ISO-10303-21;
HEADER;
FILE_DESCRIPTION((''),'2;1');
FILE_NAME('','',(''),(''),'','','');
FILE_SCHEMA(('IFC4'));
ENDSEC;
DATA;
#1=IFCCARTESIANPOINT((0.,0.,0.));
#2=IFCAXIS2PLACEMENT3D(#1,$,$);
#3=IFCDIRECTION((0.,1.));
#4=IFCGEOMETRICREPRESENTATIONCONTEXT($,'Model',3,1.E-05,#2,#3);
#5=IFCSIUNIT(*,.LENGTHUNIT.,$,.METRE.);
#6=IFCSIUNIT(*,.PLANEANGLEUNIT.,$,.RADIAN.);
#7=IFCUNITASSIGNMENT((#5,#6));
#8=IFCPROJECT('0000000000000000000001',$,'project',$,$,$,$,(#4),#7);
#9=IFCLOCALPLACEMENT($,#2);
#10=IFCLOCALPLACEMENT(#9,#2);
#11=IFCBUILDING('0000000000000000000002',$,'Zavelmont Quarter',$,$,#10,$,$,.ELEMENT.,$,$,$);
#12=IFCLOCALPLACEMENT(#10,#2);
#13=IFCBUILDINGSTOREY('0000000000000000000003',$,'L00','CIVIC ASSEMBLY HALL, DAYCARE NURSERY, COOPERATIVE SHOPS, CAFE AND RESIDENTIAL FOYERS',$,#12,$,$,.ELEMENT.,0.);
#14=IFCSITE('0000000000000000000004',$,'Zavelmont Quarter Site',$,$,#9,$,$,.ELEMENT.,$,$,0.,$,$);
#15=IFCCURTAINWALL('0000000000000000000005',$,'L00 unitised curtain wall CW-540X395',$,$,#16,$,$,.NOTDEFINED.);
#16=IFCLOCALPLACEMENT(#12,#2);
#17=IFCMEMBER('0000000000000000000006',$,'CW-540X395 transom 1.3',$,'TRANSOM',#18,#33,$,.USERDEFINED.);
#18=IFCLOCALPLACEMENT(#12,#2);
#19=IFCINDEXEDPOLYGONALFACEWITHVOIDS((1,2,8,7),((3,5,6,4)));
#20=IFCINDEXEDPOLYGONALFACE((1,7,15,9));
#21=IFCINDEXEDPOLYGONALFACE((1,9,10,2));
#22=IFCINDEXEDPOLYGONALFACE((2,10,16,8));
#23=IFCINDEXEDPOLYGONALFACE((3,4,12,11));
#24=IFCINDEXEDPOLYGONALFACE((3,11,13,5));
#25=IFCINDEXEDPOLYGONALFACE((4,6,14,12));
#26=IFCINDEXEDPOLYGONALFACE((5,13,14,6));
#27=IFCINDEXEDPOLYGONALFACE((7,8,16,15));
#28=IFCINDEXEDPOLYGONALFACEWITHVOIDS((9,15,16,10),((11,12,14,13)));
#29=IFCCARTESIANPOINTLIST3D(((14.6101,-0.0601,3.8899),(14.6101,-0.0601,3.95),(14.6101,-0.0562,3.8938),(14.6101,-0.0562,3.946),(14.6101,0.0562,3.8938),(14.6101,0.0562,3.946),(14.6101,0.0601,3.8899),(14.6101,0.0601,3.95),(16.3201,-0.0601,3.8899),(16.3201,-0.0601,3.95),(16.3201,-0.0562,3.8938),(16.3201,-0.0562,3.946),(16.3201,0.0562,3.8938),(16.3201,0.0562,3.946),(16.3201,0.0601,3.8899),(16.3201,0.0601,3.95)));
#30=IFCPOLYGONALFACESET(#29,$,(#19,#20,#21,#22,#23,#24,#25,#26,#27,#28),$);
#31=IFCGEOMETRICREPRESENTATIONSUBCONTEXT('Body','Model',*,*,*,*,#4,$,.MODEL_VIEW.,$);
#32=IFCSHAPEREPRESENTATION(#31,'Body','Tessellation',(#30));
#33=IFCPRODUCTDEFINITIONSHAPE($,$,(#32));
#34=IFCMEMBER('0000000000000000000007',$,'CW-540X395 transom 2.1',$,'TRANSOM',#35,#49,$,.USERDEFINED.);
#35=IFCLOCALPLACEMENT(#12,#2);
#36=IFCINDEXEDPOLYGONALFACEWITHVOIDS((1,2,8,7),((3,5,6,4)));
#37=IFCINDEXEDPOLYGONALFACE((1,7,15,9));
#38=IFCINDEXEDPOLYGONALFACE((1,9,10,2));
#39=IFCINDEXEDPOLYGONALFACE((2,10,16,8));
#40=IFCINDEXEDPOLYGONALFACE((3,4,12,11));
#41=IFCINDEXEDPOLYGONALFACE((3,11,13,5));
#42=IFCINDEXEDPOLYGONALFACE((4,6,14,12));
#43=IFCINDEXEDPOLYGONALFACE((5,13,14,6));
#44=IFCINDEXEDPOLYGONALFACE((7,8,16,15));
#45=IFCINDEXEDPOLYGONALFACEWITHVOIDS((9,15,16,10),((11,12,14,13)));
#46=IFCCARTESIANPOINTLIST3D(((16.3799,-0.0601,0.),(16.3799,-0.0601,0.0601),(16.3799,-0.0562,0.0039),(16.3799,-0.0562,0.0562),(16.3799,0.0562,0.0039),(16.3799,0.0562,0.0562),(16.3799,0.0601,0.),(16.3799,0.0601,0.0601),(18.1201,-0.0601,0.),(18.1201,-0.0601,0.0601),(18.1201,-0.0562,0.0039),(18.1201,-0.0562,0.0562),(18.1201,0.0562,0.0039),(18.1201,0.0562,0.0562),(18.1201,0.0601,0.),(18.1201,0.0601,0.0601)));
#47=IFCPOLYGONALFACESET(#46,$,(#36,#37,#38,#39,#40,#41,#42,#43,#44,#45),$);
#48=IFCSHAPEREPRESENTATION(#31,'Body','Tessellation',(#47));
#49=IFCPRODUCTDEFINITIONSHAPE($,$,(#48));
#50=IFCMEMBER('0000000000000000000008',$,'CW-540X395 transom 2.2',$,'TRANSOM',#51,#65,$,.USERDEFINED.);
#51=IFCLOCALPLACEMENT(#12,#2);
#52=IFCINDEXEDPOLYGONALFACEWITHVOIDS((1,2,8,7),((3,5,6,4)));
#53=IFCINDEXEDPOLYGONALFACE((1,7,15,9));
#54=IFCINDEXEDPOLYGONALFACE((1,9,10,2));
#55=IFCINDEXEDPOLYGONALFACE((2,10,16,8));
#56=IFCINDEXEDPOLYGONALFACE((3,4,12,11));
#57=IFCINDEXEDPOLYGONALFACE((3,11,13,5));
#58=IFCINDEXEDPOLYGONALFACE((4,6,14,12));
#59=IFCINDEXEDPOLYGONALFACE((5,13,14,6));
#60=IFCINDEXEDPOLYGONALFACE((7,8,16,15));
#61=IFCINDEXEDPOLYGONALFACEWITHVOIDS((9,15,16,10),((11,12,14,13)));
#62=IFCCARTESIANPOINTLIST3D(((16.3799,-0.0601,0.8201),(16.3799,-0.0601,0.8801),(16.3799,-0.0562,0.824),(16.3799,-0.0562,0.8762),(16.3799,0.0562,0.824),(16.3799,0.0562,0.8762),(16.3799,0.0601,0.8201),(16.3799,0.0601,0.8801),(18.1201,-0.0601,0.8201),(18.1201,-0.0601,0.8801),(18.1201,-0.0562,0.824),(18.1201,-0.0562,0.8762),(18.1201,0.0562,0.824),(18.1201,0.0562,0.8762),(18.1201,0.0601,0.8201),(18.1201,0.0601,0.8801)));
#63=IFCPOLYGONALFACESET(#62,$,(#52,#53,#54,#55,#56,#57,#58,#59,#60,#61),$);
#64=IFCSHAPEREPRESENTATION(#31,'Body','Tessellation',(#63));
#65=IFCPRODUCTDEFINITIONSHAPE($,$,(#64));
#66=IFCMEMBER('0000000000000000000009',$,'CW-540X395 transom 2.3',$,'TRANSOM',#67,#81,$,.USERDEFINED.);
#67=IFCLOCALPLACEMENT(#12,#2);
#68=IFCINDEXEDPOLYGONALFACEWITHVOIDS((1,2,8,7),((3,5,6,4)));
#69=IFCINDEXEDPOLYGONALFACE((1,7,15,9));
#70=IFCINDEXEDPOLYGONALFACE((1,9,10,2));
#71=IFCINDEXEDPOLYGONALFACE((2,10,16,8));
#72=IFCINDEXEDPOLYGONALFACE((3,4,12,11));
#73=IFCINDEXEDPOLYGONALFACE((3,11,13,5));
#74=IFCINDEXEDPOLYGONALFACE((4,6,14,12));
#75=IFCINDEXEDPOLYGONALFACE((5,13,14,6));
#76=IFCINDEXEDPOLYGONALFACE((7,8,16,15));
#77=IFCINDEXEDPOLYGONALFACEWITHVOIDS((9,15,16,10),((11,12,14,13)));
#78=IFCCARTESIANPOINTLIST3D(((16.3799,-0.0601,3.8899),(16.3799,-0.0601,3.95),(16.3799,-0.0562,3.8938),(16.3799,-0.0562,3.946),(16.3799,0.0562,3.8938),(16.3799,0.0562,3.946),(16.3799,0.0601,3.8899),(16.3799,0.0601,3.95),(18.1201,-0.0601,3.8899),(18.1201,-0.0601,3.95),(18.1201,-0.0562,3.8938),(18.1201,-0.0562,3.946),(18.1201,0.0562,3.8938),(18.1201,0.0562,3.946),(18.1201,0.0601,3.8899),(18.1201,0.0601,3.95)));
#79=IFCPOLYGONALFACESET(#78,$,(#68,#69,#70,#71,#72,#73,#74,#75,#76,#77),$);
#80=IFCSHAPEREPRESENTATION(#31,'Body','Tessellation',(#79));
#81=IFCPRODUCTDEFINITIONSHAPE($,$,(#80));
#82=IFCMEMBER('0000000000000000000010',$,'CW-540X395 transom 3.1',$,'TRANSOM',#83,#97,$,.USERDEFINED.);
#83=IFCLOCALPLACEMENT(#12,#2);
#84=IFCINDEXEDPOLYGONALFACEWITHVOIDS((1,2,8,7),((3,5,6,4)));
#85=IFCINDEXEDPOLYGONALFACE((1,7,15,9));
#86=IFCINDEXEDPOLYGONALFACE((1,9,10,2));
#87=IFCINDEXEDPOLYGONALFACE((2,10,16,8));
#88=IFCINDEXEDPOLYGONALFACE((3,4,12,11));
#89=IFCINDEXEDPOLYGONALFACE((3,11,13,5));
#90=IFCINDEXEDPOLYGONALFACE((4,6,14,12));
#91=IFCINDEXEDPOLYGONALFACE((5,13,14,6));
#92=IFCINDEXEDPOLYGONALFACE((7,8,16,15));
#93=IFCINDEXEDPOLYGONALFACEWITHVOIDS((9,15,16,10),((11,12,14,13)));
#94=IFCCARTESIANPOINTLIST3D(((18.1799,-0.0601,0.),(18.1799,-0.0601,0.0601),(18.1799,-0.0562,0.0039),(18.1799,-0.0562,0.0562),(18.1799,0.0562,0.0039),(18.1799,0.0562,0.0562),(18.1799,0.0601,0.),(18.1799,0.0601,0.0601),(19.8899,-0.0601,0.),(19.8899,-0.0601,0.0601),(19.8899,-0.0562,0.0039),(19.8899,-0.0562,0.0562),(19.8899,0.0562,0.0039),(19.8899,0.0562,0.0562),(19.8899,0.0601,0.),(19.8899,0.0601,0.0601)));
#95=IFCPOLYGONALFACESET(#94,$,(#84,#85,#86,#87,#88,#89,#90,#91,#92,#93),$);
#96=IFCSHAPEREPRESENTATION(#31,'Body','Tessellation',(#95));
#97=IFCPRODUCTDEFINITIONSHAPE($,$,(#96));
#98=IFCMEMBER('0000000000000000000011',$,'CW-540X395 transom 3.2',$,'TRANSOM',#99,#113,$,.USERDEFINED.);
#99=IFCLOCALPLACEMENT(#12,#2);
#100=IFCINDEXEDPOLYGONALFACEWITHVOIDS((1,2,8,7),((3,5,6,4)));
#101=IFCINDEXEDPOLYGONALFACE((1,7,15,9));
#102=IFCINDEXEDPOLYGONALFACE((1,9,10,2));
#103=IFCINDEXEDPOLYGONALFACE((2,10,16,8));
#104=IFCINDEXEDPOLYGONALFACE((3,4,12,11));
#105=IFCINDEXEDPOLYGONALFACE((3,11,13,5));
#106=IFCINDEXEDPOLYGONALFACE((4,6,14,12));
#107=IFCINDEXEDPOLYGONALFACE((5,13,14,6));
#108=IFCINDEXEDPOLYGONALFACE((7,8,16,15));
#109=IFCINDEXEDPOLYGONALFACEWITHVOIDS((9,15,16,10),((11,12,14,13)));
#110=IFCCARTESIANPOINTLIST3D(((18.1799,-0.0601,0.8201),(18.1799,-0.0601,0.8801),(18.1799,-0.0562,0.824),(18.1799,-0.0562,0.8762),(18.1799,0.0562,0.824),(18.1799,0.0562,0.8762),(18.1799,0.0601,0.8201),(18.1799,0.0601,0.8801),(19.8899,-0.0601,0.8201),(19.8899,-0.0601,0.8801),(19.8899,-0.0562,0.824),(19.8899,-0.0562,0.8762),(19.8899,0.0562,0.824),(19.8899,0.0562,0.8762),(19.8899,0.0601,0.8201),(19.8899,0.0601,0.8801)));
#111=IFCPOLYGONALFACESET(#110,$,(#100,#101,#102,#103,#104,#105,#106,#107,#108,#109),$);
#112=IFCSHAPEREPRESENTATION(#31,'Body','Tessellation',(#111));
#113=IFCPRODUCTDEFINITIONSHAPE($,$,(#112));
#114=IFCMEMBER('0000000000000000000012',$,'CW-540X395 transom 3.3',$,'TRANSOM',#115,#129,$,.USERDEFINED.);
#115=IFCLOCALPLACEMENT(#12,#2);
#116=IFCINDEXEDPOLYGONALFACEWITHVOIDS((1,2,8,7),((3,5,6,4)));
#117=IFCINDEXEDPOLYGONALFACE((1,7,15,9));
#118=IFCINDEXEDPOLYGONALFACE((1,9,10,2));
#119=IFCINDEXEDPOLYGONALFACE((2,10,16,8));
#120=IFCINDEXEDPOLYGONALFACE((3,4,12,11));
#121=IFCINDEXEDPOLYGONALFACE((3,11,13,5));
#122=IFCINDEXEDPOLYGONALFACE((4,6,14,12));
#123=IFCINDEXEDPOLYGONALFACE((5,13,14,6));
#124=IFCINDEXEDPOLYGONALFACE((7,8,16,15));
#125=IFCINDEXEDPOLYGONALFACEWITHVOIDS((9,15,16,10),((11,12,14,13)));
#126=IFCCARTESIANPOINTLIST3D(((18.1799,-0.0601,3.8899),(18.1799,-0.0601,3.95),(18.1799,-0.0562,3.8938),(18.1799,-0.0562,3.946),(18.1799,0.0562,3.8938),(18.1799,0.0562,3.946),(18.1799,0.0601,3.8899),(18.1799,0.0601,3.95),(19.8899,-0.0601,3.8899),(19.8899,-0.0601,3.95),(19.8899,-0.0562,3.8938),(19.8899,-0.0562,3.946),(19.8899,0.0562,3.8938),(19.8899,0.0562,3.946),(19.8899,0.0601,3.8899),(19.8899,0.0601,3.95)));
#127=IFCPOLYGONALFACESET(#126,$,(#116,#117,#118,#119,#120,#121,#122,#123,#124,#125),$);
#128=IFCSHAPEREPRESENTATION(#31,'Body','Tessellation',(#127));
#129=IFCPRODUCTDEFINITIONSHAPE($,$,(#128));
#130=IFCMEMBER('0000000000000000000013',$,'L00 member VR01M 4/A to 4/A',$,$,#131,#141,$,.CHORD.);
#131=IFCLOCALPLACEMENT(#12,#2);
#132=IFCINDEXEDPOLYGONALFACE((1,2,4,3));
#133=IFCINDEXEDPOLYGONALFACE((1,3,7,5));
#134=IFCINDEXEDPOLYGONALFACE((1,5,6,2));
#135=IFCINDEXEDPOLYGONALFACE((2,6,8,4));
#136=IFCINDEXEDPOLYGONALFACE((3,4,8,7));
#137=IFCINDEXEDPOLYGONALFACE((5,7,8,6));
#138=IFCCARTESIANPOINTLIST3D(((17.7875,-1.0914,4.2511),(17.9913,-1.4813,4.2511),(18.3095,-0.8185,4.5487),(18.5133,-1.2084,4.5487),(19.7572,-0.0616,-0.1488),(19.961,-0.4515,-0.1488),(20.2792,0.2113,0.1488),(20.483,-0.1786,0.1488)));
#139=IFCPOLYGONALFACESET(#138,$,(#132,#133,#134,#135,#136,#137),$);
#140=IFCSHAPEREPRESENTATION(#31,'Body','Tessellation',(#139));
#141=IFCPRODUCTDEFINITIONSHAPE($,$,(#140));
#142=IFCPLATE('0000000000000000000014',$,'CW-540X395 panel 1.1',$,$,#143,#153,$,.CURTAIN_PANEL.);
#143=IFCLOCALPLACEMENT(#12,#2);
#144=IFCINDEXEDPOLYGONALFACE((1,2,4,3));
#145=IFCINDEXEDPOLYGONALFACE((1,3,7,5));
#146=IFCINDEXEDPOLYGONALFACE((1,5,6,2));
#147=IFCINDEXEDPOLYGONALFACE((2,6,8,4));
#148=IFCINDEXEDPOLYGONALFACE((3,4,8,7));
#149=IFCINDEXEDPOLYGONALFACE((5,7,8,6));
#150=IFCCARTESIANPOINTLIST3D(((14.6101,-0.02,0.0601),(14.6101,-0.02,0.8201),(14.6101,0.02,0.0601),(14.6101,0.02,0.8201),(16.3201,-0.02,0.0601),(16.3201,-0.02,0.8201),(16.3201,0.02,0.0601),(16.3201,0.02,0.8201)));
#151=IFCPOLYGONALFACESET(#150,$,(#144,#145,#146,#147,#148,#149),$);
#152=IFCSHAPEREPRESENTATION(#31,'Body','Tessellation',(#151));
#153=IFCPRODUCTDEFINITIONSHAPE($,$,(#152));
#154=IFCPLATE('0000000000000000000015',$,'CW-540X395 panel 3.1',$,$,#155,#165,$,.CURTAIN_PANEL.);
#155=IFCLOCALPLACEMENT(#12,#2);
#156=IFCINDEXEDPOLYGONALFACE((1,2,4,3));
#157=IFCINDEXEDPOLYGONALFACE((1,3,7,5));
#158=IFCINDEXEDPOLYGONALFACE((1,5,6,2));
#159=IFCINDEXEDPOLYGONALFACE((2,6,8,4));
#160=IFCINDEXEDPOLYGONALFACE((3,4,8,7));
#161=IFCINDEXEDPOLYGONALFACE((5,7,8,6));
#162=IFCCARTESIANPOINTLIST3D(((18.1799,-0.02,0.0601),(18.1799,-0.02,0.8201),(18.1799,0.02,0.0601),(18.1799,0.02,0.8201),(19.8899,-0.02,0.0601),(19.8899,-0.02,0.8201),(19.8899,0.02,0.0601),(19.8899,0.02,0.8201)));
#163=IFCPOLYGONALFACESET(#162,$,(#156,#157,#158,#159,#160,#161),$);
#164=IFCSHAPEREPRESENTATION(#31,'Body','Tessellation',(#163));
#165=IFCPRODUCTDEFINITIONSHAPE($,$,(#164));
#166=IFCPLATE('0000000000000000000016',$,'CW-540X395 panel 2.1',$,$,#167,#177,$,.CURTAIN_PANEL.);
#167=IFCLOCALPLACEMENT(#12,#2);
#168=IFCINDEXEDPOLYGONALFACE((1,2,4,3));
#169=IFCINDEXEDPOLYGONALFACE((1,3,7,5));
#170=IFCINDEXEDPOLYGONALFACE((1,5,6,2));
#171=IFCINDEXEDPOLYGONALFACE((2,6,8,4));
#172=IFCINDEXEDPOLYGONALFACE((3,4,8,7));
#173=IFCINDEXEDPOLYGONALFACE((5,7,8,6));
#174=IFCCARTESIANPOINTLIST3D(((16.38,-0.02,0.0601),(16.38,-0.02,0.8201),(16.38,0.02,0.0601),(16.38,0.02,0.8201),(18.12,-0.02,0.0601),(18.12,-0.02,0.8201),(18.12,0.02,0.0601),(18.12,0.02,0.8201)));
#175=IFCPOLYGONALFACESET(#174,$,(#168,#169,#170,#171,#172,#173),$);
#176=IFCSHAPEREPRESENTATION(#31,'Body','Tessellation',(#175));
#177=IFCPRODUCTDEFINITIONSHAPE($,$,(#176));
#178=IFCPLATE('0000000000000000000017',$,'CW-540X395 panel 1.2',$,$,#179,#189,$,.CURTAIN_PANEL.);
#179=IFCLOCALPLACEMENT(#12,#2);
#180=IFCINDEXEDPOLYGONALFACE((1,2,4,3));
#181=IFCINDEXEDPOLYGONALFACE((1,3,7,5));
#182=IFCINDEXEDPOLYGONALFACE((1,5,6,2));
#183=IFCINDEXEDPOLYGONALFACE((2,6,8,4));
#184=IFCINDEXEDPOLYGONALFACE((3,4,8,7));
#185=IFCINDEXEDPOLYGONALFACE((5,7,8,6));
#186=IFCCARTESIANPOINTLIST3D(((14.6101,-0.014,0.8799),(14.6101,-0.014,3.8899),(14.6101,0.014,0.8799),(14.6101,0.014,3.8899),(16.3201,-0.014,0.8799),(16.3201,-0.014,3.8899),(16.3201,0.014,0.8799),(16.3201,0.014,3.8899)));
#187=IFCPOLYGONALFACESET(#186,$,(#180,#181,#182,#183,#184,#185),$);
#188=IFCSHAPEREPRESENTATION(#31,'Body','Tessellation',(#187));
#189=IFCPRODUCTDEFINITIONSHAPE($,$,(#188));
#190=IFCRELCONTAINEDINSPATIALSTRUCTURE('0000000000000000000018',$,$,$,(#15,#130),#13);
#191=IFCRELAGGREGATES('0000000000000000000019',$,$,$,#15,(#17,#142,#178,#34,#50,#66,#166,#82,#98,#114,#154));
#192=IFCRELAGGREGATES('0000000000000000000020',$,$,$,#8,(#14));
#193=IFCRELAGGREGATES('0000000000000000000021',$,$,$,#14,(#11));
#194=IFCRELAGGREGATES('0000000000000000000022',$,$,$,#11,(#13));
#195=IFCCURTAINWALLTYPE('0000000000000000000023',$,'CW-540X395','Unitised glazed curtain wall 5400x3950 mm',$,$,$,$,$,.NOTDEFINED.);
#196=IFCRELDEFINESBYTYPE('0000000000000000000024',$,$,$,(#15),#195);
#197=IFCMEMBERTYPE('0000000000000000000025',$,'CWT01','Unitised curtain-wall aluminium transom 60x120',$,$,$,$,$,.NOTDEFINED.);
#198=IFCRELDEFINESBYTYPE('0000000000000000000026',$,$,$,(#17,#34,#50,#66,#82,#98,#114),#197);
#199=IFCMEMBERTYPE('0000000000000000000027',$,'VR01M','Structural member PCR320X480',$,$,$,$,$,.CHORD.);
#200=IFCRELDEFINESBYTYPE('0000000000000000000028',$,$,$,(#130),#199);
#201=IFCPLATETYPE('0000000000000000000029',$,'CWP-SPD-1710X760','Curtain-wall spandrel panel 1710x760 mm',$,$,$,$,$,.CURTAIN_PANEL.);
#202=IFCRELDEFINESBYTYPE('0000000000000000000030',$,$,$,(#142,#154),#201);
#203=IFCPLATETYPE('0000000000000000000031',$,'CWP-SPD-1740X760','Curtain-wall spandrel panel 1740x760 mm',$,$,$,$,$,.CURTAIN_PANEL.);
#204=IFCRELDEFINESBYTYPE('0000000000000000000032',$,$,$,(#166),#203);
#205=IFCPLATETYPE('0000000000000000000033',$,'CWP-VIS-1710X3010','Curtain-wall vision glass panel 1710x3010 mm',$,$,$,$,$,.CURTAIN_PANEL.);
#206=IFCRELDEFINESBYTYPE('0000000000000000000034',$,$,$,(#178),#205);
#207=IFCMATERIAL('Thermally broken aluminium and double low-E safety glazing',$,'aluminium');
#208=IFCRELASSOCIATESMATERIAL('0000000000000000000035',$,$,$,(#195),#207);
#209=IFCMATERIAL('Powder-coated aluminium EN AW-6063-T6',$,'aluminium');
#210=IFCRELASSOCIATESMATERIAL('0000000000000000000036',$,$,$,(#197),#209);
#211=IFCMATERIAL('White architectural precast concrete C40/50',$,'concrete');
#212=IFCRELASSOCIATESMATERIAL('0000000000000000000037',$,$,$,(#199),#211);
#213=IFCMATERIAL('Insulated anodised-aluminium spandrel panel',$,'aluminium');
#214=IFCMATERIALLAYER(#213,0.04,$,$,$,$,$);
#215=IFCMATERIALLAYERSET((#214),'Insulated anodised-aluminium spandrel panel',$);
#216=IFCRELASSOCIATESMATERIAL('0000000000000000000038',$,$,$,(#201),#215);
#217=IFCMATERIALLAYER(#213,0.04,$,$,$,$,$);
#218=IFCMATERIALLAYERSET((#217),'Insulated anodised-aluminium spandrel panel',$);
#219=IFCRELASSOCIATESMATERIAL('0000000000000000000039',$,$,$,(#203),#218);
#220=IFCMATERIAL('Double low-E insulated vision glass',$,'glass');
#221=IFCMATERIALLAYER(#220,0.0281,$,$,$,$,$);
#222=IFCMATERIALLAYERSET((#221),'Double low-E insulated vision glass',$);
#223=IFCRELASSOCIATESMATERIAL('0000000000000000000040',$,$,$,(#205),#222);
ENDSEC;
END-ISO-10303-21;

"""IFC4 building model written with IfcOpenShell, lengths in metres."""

from ifc_helpers import new_model, si_unit, direction, frame, origin, origin_2d, place, context, subcontext, project, spatial, rectangle, hollow_rectangle, extrude, material, layer, layer_set, material_profile, profile_set, type_object, element, aggregate, save


model = new_model("IFC4")

# Units and contexts
model_context = context("Model", 3, precision=1e-05, world=origin(), true_north=direction((0.0, 1.0)))
body_context = subcontext(model_context, "Body", "Model", "MODEL_VIEW")
ifc_project = project(units=[si_unit("LENGTHUNIT", "METRE"), si_unit("PLANEANGLEUNIT", "RADIAN")], contexts=[model_context])

# Site, building, storey
site_placement = place(None, origin())
site = spatial("IfcSite", under=ifc_project, at=site_placement, Name="Zavelmont Quarter Site", CompositionType="ELEMENT", RefElevation=0.0)
building_placement = place(site_placement, origin())
building = spatial("IfcBuilding", under=site, at=building_placement, Name="Zavelmont Quarter", CompositionType="ELEMENT")
storey_placement = place(building_placement, origin())
storey = spatial("IfcBuildingStorey", under=building, at=storey_placement, Name="L00", Description="CIVIC ASSEMBLY HALL, DAYCARE NURSERY, COOPERATIVE SHOPS, CAFE AND RESIDENTIAL FOYERS", CompositionType="ELEMENT", Elevation=0.0)

# Curtain wall, members
ifc_material_1 = material(Name="Thermally broken aluminium and double low-E safety glazing", Category="aluminium")
curtain_wall_type = type_object("IfcCurtainWallType", Name="CW-540X395", Description="Unitised glazed curtain wall 5400x3950 mm", PredefinedType="NOTDEFINED", material=ifc_material_1)
curtain_wall_placement = place(storey_placement, origin())
curtain_wall = element("IfcCurtainWall", 1, at=curtain_wall_placement, inside=storey, type_object=curtain_wall_type, Name="L00 unitised curtain wall CW-540X395", PredefinedType="NOTDEFINED")
ifc_material_2 = material(Name="Powder-coated aluminium EN AW-6063-T6", Category="aluminium")
ifc_material_profile_1 = material_profile(ifc_material_2, hollow_rectangle(XDim=0.1201, YDim=0.0601, WallThickness=0.0039, at=origin_2d()), Name="CWT60X120")
ifc_profile_set_1 = profile_set([ifc_material_profile_1], Name="Powder-coated aluminium EN AW-6063-T6")
member_type_1 = type_object("IfcMemberType", Name="CWT01", Description="Unitised curtain-wall aluminium transom 60x120", PredefinedType="NOTDEFINED", material=ifc_profile_set_1)
member_1_placement = place(storey_placement, frame((14.6101, 0.0, 3.9199), z_axis=(1.0, 0.0, 0.0), x_axis=(0.0, 1.0, 0.0)))
member_1 = element("IfcMember", 2, at=member_1_placement, type_object=member_type_1, Name="CW-540X395 transom 1.3", ObjectType="TRANSOM", PredefinedType="USERDEFINED", context=body_context, shape_type="SweptSolid", body=[
    extrude(hollow_rectangle(XDim=0.1201, YDim=0.0601, WallThickness=0.0039, at=origin_2d()), origin(), (0.0, 0.0, 1.0), 1.71),
])
member_2_placement = place(storey_placement, frame((16.3799, 0.0, 0.03), z_axis=(1.0, 0.0, 0.0), x_axis=(0.0, 1.0, 0.0)))
member_2 = element("IfcMember", 3, at=member_2_placement, type_object=member_type_1, Name="CW-540X395 transom 2.1", ObjectType="TRANSOM", PredefinedType="USERDEFINED", context=body_context, shape_type="SweptSolid", body=[
    extrude(hollow_rectangle(XDim=0.1201, YDim=0.0601, WallThickness=0.0039, at=origin_2d()), origin(), (0.0, 0.0, 1.0), 1.7402),
])
member_3_placement = place(storey_placement, frame((16.3799, 0.0, 0.8501), z_axis=(1.0, 0.0, 0.0), x_axis=(0.0, 1.0, 0.0)))
member_3 = element("IfcMember", 4, at=member_3_placement, type_object=member_type_1, Name="CW-540X395 transom 2.2", ObjectType="TRANSOM", PredefinedType="USERDEFINED", context=body_context, shape_type="SweptSolid", body=[
    extrude(hollow_rectangle(XDim=0.1201, YDim=0.0601, WallThickness=0.0039, at=origin_2d()), origin(), (0.0, 0.0, 1.0), 1.7402),
])
member_4_placement = place(storey_placement, frame((16.3799, 0.0, 3.9199), z_axis=(1.0, 0.0, 0.0), x_axis=(0.0, 1.0, 0.0)))
member_4 = element("IfcMember", 5, at=member_4_placement, type_object=member_type_1, Name="CW-540X395 transom 2.3", ObjectType="TRANSOM", PredefinedType="USERDEFINED", context=body_context, shape_type="SweptSolid", body=[
    extrude(hollow_rectangle(XDim=0.1201, YDim=0.0601, WallThickness=0.0039, at=origin_2d()), origin(), (0.0, 0.0, 1.0), 1.7402),
])
member_5_placement = place(storey_placement, frame((18.1799, 0.0, 0.03), z_axis=(1.0, 0.0, 0.0), x_axis=(0.0, 1.0, 0.0)))
member_5 = element("IfcMember", 6, at=member_5_placement, type_object=member_type_1, Name="CW-540X395 transom 3.1", ObjectType="TRANSOM", PredefinedType="USERDEFINED", context=body_context, shape_type="SweptSolid", body=[
    extrude(hollow_rectangle(XDim=0.1201, YDim=0.0601, WallThickness=0.0039, at=origin_2d()), origin(), (0.0, 0.0, 1.0), 1.71),
])
member_6_placement = place(storey_placement, frame((18.1799, 0.0, 0.8501), z_axis=(1.0, 0.0, 0.0), x_axis=(0.0, 1.0, 0.0)))
member_6 = element("IfcMember", 7, at=member_6_placement, type_object=member_type_1, Name="CW-540X395 transom 3.2", ObjectType="TRANSOM", PredefinedType="USERDEFINED", context=body_context, shape_type="SweptSolid", body=[
    extrude(hollow_rectangle(XDim=0.1201, YDim=0.0601, WallThickness=0.0039, at=origin_2d()), origin(), (0.0, 0.0, 1.0), 1.71),
])
member_7_placement = place(storey_placement, frame((18.1799, 0.0, 3.9199), z_axis=(1.0, 0.0, 0.0), x_axis=(0.0, 1.0, 0.0)))
member_7 = element("IfcMember", 8, at=member_7_placement, type_object=member_type_1, Name="CW-540X395 transom 3.3", ObjectType="TRANSOM", PredefinedType="USERDEFINED", context=body_context, shape_type="SweptSolid", body=[
    extrude(hollow_rectangle(XDim=0.1201, YDim=0.0601, WallThickness=0.0039, at=origin_2d()), origin(), (0.0, 0.0, 1.0), 1.71),
])

# Member
ifc_material_3 = material(Name="White architectural precast concrete C40/50", Category="concrete")
ifc_material_profile_2 = material_profile(ifc_material_3, rectangle(XDim=0.4399, YDim=0.6599, at=origin_2d()), Name="PCR320X480")
ifc_profile_set_2 = profile_set([ifc_material_profile_2], Name="White architectural precast concrete C40/50")
member_type_2 = type_object("IfcMemberType", Name="VR01M", Description="Structural member PCR320X480", PredefinedType="CHORD", material=ifc_profile_set_2)
member_8_placement = place(storey_placement, frame((20.1201, -0.1201, 0.0), z_axis=(-0.399584, -0.208905, 0.892576), x_axis=(0.463309, -0.886197, 0.0)))
element("IfcMember", 9, at=member_8_placement, inside=storey, type_object=member_type_2, Name="L00 member VR01M 4/A to 4/A", PredefinedType="CHORD", context=body_context, shape_type="SweptSolid", body=[
    extrude(rectangle(XDim=0.4399, YDim=0.6599, at=origin_2d()), origin(), (0.0, 0.0, 1.0), 4.9294),
])

# Plates
ifc_material_4 = material(Name="Insulated anodised-aluminium spandrel panel", Category="aluminium")
ifc_layer_1 = layer(ifc_material_4, 0.04)
ifc_layer_set_1 = layer_set([ifc_layer_1], Name="Insulated anodised-aluminium spandrel panel")
plate_type_1 = type_object("IfcPlateType", Name="CWP-SPD-1710X760", Description="Curtain-wall spandrel panel 1710x760 mm", PredefinedType="CURTAIN_PANEL", material=ifc_layer_set_1)
plate_1_placement = place(storey_placement, frame((15.4651, 0.0, 0.0601), z_axis=(0.0, 0.0, 1.0), x_axis=(1.0, 0.0, 0.0)))
plate_1 = element("IfcPlate", 10, at=plate_1_placement, type_object=plate_type_1, Name="CW-540X395 panel 1.1", PredefinedType="CURTAIN_PANEL", context=body_context, shape_type="SweptSolid", body=[
    extrude(rectangle(XDim=1.71, YDim=0.04, at=origin_2d()), origin(), (0.0, 0.0, 1.0), 0.76),
])
plate_2_placement = place(storey_placement, frame((19.0349, 0.0, 0.0601), z_axis=(0.0, 0.0, 1.0), x_axis=(1.0, 0.0, 0.0)))
plate_2 = element("IfcPlate", 11, at=plate_2_placement, type_object=plate_type_1, Name="CW-540X395 panel 3.1", PredefinedType="CURTAIN_PANEL", context=body_context, shape_type="SweptSolid", body=[
    extrude(rectangle(XDim=1.71, YDim=0.04, at=origin_2d()), origin(), (0.0, 0.0, 1.0), 0.76),
])
ifc_layer_2 = layer(ifc_material_4, 0.04)
ifc_layer_set_2 = layer_set([ifc_layer_2], Name="Insulated anodised-aluminium spandrel panel")
plate_type_2 = type_object("IfcPlateType", Name="CWP-SPD-1740X760", Description="Curtain-wall spandrel panel 1740x760 mm", PredefinedType="CURTAIN_PANEL", material=ifc_layer_set_2)
plate_3_placement = place(storey_placement, frame((17.25, 0.0, 0.0601), z_axis=(0.0, 0.0, 1.0), x_axis=(1.0, 0.0, 0.0)))
plate_3 = element("IfcPlate", 12, at=plate_3_placement, type_object=plate_type_2, Name="CW-540X395 panel 2.1", PredefinedType="CURTAIN_PANEL", context=body_context, shape_type="SweptSolid", body=[
    extrude(rectangle(XDim=1.74, YDim=0.04, at=origin_2d()), origin(), (0.0, 0.0, 1.0), 0.76),
])
ifc_material_5 = material(Name="Double low-E insulated vision glass", Category="glass")
ifc_layer_3 = layer(ifc_material_5, 0.0281)
ifc_layer_set_3 = layer_set([ifc_layer_3], Name="Double low-E insulated vision glass")
plate_type_3 = type_object("IfcPlateType", Name="CWP-VIS-1710X3010", Description="Curtain-wall vision glass panel 1710x3010 mm", PredefinedType="CURTAIN_PANEL", material=ifc_layer_set_3)
plate_4_placement = place(storey_placement, frame((15.4651, 0.0, 0.8799), z_axis=(0.0, 0.0, 1.0), x_axis=(1.0, 0.0, 0.0)))
plate_4 = element("IfcPlate", 13, at=plate_4_placement, type_object=plate_type_3, Name="CW-540X395 panel 1.2", PredefinedType="CURTAIN_PANEL", context=body_context, shape_type="SweptSolid", body=[
    extrude(rectangle(XDim=1.71, YDim=0.0281, at=origin_2d()), origin(), (0.0, 0.0, 1.0), 3.01),
])
aggregate(curtain_wall, [member_1, plate_1, plate_4, member_2, member_3, member_4, plate_3, member_5, member_6, member_7, plate_2])

save(model, "model.ifc")
